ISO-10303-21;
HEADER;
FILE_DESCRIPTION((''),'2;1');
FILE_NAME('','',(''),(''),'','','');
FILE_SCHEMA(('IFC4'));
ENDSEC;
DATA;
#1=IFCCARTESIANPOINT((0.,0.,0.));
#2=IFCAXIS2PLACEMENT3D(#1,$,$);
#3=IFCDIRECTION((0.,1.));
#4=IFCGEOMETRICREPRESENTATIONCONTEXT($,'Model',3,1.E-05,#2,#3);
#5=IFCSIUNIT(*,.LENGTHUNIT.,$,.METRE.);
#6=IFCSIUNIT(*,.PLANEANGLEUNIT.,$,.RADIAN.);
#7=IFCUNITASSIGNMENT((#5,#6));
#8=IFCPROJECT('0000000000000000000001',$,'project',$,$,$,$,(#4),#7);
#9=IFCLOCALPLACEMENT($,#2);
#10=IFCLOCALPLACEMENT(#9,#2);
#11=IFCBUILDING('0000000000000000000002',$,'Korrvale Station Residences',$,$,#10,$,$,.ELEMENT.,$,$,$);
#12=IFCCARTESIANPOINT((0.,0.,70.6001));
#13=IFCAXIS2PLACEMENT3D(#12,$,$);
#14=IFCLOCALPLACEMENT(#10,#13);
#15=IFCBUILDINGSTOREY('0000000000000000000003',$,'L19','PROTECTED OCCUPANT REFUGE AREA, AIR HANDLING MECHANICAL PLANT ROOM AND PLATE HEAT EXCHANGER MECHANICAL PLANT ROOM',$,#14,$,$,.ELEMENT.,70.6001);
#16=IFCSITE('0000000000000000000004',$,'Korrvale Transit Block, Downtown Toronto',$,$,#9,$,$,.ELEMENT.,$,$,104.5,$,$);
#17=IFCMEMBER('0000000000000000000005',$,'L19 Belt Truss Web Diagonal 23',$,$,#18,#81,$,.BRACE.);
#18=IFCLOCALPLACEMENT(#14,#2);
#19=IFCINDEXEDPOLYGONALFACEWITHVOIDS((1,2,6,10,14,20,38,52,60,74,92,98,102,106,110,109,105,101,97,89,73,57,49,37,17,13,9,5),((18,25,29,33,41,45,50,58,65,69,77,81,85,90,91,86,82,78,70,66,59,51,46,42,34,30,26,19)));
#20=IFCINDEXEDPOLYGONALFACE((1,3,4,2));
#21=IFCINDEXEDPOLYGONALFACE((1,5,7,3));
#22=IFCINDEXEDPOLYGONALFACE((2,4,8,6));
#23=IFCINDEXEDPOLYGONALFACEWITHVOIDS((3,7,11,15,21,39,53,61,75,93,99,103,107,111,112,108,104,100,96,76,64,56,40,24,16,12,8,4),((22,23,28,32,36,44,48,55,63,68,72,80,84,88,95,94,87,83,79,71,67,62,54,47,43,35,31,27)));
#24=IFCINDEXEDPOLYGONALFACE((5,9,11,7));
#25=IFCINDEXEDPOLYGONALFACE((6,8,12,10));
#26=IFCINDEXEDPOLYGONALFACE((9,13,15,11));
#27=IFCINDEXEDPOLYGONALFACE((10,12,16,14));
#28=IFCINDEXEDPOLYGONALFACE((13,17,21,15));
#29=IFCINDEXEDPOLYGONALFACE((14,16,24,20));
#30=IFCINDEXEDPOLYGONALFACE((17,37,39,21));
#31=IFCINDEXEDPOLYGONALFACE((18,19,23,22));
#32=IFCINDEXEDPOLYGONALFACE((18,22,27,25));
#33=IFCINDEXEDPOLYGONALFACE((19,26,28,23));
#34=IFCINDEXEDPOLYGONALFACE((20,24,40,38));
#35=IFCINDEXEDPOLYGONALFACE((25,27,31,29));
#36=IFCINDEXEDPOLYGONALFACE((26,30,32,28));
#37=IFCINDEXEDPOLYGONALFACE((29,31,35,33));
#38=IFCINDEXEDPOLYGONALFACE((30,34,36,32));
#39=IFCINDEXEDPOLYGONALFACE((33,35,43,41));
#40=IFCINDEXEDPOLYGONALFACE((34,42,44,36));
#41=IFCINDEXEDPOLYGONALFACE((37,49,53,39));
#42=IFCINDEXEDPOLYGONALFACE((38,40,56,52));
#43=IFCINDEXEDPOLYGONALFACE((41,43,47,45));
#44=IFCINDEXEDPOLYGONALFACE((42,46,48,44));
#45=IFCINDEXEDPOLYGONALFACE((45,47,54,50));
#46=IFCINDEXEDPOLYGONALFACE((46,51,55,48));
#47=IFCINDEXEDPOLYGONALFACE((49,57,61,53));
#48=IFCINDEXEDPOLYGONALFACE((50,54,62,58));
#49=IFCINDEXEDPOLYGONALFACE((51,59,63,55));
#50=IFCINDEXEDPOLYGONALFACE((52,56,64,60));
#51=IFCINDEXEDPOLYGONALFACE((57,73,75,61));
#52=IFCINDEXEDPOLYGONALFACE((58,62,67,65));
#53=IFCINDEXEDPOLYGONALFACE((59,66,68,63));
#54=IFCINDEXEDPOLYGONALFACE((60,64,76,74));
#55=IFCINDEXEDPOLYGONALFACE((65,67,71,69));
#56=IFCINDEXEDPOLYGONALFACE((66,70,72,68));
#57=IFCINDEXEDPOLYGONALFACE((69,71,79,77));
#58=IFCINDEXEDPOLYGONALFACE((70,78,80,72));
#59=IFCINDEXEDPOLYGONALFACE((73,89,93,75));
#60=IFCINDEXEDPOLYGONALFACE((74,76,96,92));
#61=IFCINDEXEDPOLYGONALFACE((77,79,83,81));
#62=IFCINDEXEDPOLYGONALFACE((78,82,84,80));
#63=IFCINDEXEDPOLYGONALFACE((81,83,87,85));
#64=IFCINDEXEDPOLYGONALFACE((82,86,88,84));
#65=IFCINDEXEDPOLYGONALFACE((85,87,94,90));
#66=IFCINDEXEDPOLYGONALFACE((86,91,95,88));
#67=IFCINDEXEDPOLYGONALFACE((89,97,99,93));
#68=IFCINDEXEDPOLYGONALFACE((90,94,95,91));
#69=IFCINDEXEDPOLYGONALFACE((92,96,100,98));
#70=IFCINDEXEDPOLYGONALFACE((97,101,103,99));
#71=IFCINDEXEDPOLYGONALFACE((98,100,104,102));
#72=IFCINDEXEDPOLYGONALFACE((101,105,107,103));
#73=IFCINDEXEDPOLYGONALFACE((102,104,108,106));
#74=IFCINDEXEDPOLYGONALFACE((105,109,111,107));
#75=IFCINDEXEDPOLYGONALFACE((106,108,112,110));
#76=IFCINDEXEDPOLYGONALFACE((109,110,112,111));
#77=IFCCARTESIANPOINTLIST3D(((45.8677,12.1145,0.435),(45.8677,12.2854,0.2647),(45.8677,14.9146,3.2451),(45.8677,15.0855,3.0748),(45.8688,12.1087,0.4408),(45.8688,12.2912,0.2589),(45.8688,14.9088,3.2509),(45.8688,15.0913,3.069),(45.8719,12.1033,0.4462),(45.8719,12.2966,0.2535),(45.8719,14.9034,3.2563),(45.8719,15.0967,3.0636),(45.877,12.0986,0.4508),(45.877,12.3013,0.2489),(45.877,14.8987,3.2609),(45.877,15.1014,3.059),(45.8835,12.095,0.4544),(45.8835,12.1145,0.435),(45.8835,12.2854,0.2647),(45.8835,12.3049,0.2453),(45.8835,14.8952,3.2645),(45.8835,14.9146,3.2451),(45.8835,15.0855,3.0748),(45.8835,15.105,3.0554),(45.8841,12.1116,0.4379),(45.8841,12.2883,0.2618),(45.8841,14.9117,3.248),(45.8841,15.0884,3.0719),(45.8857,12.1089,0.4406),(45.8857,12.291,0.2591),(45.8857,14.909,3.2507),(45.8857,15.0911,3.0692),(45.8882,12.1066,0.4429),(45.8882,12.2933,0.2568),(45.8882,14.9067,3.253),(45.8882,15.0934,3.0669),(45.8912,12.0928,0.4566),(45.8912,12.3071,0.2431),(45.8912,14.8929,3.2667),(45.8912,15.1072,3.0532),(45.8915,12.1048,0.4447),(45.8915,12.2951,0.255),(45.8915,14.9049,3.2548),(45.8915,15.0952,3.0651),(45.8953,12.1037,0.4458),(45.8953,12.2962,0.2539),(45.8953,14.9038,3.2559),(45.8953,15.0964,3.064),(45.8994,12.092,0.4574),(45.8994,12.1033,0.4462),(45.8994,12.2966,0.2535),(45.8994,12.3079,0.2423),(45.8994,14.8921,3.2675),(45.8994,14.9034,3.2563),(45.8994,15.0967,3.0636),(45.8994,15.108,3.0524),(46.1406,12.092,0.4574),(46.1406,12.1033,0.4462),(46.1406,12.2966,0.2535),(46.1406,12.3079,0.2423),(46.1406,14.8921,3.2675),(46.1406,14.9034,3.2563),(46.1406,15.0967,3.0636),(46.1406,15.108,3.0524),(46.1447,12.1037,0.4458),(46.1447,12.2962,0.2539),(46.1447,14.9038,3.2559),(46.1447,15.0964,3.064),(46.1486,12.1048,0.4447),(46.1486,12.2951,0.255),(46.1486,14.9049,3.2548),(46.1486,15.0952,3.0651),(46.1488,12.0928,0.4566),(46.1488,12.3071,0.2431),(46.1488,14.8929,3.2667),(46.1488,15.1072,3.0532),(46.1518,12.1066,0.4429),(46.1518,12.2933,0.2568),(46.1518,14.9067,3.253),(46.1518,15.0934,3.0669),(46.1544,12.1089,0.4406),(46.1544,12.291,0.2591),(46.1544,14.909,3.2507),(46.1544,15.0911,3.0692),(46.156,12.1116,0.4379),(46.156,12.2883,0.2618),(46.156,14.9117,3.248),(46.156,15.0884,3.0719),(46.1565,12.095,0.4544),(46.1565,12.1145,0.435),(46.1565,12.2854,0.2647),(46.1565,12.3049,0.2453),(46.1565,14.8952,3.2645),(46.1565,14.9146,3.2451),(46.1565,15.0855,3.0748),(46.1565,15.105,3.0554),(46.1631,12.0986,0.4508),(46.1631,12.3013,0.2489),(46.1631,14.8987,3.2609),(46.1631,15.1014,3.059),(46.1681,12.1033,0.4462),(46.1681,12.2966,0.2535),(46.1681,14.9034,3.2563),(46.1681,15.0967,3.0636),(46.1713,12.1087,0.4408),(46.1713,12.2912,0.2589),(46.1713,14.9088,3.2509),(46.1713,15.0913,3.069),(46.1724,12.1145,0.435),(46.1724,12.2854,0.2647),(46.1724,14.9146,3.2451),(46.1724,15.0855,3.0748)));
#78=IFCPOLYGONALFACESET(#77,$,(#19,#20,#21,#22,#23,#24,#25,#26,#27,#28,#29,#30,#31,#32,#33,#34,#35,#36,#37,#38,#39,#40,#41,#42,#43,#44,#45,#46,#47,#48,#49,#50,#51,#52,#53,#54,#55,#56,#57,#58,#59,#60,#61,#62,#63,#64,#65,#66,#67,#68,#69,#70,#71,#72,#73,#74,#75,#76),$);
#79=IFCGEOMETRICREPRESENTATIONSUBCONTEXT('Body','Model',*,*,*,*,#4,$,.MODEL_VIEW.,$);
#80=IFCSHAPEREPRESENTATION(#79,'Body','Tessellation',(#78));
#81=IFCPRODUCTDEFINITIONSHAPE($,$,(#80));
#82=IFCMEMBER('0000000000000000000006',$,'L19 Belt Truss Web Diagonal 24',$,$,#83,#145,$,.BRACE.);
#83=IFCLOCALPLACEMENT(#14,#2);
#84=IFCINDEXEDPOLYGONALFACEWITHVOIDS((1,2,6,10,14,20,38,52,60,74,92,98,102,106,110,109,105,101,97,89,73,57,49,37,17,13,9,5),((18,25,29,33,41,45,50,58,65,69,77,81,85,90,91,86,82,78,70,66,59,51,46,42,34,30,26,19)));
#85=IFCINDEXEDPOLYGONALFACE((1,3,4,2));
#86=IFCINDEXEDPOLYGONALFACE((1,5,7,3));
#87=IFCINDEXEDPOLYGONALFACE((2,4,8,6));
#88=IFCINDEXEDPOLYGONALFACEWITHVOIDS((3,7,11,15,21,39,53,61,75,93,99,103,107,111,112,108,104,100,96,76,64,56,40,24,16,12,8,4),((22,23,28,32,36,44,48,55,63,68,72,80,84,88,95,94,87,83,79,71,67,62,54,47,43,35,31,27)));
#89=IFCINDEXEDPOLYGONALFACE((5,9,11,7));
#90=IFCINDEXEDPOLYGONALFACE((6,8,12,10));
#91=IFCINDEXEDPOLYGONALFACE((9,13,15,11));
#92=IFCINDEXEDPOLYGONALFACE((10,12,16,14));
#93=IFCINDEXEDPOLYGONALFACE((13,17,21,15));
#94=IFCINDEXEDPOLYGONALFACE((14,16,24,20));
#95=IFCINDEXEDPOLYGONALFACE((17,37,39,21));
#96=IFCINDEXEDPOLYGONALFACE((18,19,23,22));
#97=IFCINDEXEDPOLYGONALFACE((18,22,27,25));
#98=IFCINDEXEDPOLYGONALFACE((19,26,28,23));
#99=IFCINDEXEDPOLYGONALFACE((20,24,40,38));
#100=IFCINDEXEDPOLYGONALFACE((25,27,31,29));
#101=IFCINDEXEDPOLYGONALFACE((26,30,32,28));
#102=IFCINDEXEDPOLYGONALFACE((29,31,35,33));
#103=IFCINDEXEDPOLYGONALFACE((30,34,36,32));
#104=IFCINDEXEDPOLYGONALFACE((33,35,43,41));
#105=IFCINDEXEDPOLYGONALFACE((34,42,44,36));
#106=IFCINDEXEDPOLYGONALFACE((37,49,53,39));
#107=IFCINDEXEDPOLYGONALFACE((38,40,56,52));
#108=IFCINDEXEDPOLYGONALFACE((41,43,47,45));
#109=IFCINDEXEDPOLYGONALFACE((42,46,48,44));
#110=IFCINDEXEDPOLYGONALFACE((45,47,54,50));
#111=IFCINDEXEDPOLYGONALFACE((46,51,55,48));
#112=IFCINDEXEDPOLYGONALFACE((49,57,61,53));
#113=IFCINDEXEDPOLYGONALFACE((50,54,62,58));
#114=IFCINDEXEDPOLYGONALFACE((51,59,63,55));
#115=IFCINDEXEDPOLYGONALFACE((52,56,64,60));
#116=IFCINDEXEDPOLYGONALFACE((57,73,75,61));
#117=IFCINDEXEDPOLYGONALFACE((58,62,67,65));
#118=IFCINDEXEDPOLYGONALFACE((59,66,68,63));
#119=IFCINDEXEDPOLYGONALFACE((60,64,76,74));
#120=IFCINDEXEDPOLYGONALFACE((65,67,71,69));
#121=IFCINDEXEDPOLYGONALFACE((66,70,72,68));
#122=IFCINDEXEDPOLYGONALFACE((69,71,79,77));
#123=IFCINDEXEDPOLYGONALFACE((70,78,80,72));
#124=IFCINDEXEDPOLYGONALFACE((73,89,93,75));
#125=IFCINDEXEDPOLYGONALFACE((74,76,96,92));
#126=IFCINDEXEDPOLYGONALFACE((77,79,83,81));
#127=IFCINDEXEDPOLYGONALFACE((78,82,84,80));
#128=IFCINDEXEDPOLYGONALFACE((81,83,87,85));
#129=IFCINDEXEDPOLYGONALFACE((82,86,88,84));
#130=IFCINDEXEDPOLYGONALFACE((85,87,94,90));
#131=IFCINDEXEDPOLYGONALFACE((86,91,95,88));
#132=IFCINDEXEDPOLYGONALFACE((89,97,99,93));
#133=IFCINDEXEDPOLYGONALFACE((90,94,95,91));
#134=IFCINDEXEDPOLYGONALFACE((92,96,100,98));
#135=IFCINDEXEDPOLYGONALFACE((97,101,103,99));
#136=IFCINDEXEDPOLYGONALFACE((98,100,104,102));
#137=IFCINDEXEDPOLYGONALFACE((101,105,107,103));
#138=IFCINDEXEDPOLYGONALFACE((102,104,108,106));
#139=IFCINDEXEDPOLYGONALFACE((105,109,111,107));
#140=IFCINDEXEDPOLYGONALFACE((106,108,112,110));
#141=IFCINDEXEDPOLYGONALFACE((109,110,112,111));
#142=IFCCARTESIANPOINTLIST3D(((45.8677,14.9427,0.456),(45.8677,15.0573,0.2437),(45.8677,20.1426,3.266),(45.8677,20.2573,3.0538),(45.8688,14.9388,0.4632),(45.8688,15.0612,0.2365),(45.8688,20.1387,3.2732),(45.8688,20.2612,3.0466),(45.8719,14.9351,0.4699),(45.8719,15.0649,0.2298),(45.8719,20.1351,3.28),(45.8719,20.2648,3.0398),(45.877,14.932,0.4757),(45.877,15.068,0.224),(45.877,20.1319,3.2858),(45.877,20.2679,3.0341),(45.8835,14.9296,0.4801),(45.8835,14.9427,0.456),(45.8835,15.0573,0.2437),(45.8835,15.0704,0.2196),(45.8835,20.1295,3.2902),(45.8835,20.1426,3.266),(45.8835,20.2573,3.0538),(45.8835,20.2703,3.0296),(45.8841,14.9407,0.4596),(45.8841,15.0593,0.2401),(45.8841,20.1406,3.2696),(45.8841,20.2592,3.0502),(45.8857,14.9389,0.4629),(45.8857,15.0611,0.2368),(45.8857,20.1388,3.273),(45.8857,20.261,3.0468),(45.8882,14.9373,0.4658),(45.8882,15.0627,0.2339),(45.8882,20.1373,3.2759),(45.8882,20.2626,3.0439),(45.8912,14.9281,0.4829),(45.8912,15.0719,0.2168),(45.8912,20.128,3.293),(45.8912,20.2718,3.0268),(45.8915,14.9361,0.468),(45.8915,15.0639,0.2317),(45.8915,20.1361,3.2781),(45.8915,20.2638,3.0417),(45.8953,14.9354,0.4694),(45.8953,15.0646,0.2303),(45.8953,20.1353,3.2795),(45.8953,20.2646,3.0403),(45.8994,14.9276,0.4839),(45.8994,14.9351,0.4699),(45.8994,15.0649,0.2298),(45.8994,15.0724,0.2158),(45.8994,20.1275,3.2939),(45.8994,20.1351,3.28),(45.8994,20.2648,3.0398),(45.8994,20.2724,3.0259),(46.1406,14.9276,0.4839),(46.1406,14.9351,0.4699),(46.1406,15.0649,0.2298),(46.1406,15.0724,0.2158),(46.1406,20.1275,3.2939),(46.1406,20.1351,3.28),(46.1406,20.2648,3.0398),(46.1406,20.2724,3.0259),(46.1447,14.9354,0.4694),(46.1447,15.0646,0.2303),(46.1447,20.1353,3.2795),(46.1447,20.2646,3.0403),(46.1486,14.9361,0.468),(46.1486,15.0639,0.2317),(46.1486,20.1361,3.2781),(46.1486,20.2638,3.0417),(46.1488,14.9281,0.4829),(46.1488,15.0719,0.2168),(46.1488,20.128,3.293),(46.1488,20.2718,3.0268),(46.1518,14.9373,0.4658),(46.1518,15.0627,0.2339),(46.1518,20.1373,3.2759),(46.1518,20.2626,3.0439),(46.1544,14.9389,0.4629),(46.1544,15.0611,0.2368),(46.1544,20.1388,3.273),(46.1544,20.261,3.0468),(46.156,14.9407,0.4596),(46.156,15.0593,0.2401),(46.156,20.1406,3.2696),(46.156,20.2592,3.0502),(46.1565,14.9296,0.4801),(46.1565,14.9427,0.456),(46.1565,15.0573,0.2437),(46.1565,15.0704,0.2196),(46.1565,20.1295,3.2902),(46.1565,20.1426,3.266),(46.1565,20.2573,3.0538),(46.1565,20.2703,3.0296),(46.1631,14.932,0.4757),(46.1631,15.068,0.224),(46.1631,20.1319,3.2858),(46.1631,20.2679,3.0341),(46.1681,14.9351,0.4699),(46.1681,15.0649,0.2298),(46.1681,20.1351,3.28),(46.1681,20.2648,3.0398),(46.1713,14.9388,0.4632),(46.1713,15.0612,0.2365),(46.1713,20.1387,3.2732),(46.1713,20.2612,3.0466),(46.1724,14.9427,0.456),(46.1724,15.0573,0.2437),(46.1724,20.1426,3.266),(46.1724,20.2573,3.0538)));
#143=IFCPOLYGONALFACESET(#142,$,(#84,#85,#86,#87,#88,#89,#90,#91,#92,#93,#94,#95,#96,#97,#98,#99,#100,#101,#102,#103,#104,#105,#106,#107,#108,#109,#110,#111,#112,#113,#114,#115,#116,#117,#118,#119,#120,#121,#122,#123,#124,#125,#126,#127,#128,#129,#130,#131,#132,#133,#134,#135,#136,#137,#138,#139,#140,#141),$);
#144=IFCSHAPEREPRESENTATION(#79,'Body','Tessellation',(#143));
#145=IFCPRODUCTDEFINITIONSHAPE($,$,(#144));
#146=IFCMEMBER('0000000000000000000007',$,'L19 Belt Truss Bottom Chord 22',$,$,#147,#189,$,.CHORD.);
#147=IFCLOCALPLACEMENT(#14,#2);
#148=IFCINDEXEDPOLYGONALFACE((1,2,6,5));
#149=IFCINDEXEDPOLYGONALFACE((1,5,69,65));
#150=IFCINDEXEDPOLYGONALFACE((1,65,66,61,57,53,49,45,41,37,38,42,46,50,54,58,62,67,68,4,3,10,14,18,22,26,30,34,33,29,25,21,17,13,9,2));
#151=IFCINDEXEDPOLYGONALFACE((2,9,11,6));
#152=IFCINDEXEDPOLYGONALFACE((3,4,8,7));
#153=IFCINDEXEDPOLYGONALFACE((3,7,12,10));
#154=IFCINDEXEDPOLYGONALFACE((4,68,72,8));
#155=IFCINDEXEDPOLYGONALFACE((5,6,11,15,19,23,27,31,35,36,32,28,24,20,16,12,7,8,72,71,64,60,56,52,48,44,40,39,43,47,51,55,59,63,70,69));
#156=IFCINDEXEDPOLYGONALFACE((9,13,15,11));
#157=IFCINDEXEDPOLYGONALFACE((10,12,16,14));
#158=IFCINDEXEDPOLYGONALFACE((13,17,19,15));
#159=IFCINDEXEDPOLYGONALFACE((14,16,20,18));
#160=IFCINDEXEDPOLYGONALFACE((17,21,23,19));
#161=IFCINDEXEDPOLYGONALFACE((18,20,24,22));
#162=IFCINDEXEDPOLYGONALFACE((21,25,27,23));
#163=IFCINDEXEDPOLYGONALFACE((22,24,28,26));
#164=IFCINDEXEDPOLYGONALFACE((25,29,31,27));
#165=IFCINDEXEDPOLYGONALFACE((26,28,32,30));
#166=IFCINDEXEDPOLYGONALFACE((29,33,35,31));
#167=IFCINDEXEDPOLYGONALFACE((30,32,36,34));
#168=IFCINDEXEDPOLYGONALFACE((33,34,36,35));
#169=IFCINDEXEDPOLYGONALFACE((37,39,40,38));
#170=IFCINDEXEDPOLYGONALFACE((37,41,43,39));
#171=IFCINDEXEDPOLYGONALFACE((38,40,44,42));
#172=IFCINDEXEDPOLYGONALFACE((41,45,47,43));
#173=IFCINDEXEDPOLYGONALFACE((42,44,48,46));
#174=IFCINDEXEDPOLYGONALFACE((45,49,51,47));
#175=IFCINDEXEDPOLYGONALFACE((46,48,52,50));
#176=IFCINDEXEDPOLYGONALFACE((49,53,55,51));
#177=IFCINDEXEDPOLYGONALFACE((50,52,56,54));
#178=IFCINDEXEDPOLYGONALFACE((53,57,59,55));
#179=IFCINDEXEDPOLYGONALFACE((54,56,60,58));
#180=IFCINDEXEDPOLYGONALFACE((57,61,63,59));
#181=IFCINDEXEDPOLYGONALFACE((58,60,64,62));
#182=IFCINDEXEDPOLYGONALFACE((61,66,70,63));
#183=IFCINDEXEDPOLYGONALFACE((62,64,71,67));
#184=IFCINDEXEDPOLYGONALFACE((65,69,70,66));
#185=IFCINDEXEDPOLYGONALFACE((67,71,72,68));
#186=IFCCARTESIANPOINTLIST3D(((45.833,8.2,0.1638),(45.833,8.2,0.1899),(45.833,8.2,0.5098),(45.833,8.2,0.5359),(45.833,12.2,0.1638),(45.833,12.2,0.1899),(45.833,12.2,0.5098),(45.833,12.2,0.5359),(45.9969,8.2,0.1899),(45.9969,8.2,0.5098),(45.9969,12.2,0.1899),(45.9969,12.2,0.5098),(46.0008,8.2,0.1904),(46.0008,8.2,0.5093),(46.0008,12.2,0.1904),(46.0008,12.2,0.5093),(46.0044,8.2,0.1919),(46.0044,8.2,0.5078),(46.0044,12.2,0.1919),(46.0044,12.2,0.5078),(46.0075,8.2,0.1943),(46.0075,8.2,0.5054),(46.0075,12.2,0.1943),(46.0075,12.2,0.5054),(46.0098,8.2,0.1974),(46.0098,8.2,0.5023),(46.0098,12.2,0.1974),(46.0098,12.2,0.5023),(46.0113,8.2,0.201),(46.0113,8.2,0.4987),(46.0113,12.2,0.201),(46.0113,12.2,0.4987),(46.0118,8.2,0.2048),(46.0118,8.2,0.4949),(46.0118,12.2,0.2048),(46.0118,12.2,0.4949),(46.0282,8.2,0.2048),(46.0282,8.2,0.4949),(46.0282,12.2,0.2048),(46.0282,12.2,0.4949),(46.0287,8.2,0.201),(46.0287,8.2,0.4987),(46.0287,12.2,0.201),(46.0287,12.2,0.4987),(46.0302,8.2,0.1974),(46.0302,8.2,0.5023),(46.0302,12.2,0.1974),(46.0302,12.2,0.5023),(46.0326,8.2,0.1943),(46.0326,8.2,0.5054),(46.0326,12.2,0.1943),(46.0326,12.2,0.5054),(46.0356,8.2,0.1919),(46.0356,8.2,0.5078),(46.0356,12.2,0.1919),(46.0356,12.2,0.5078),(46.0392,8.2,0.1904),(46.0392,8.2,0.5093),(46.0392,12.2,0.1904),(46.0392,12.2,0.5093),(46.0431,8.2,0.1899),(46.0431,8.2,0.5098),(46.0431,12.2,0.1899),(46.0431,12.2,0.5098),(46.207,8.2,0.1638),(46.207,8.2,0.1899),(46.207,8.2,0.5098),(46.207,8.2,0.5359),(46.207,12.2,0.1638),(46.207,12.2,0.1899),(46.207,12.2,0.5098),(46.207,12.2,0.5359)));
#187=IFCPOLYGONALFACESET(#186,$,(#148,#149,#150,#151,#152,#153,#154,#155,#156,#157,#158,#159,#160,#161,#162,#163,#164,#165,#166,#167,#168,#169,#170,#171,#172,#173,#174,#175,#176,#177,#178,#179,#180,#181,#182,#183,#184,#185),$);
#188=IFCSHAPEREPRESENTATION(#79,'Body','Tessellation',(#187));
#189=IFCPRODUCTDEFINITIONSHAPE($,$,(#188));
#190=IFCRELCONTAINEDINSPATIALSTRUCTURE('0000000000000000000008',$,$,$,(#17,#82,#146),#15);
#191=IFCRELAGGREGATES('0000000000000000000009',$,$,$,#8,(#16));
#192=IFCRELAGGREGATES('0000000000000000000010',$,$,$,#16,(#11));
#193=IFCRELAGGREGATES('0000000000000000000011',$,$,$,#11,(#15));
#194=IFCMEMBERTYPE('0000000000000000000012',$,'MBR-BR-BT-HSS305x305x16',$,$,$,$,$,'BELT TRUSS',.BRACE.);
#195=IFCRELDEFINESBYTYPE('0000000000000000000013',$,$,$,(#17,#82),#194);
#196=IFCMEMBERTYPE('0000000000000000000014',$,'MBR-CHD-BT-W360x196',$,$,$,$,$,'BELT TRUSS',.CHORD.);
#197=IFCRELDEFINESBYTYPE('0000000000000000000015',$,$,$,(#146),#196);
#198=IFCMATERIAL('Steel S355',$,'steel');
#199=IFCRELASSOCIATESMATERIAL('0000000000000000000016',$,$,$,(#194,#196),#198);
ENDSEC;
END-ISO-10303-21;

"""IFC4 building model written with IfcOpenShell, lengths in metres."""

from ifc_helpers import new_model, si_unit, direction, frame, origin, origin_2d, place, context, subcontext, project, spatial, hollow_rectangle, i_section, extrude, material, material_profile, profile_set, type_object, element, save


model = new_model("IFC4")

# Units and contexts
model_context = context("Model", 3, precision=1e-05, world=origin(), true_north=direction((0.0, 1.0)))
body_context = subcontext(model_context, "Body", "Model", "MODEL_VIEW")
ifc_project = project(units=[si_unit("LENGTHUNIT", "METRE"), si_unit("PLANEANGLEUNIT", "RADIAN")], contexts=[model_context])

# Site, building, storey
site_placement = place(None, origin())
site = spatial("IfcSite", under=ifc_project, at=site_placement, Name="Korrvale Transit Block, Downtown Toronto", CompositionType="ELEMENT", RefElevation=104.5)
building_placement = place(site_placement, origin())
building = spatial("IfcBuilding", under=site, at=building_placement, Name="Korrvale Station Residences", CompositionType="ELEMENT")
storey_placement = place(building_placement, frame((0.0, 0.0, 70.6001)))
storey = spatial("IfcBuildingStorey", under=building, at=storey_placement, Name="L19", Description="PROTECTED OCCUPANT REFUGE AREA, AIR HANDLING MECHANICAL PLANT ROOM AND PLATE HEAT EXCHANGER MECHANICAL PLANT ROOM", CompositionType="ELEMENT", Elevation=70.6001)

# Members
ifc_material_1 = material(Name="Steel S355", Category="steel")
ifc_material_profile_1 = material_profile(ifc_material_1, hollow_rectangle(XDim=0.3047, YDim=0.3047, WallThickness=0.0159, InnerFilletRadius=0.0159, OuterFilletRadius=0.0317, at=origin_2d()), Name="HSS305x305x16")
ifc_profile_set_1 = profile_set([ifc_material_profile_1], Name="Steel S355")
member_type_1 = type_object("IfcMemberType", Name="MBR-BR-BT-HSS305x305x16", ElementType="BELT TRUSS", PredefinedType="BRACE", material=ifc_profile_set_1)
member_1_placement = place(storey_placement, frame((46.02, 12.2, 0.3499), z_axis=(0.0, 0.705844, 0.708367), x_axis=(-1.0, 0.0, 0.0)))
element("IfcMember", 1, at=member_1_placement, inside=storey, type_object=member_type_1, Name="L19 Belt Truss Web Diagonal 23", PredefinedType="BRACE", context=body_context, shape_type="SweptSolid", body=[
    extrude(hollow_rectangle(XDim=0.3047, YDim=0.3047, WallThickness=0.0159, InnerFilletRadius=0.0159, OuterFilletRadius=0.0317, at=origin_2d()), origin(), (0.0, 0.0, 1.0), 3.967),
])
member_2_placement = place(storey_placement, frame((46.02, 15.0, 0.3499), z_axis=(0.0, 0.879758, 0.475422), x_axis=(-1.0, 0.0, 0.0)))
element("IfcMember", 2, at=member_2_placement, inside=storey, type_object=member_type_1, Name="L19 Belt Truss Web Diagonal 24", PredefinedType="BRACE", context=body_context, shape_type="SweptSolid", body=[
    extrude(hollow_rectangle(XDim=0.3047, YDim=0.3047, WallThickness=0.0159, InnerFilletRadius=0.0159, OuterFilletRadius=0.0317, at=origin_2d()), origin(), (0.0, 0.0, 1.0), 5.9106),
])
ifc_material_profile_2 = material_profile(ifc_material_1, i_section(OverallWidth=0.374, OverallDepth=0.3721, WebThickness=0.0164, FlangeThickness=0.0261, FilletRadius=0.0149, at=origin_2d()), Name="W360x196")
ifc_profile_set_2 = profile_set([ifc_material_profile_2], Name="Steel S355")
member_type_2 = type_object("IfcMemberType", Name="MBR-CHD-BT-W360x196", ElementType="BELT TRUSS", PredefinedType="CHORD", material=ifc_profile_set_2)
member_3_placement = place(storey_placement, frame((46.02, 8.2, 0.3499), z_axis=(0.0, 1.0, 0.0), x_axis=(-1.0, 0.0, 0.0)))
element("IfcMember", 3, at=member_3_placement, inside=storey, type_object=member_type_2, Name="L19 Belt Truss Bottom Chord 22", PredefinedType="CHORD", context=body_context, shape_type="SweptSolid", body=[
    extrude(i_section(OverallWidth=0.374, OverallDepth=0.3721, WebThickness=0.0164, FlangeThickness=0.0261, FilletRadius=0.0149, at=origin_2d()), origin(), (0.0, 0.0, 1.0), 4.0),
])

save(model, "model.ifc")
